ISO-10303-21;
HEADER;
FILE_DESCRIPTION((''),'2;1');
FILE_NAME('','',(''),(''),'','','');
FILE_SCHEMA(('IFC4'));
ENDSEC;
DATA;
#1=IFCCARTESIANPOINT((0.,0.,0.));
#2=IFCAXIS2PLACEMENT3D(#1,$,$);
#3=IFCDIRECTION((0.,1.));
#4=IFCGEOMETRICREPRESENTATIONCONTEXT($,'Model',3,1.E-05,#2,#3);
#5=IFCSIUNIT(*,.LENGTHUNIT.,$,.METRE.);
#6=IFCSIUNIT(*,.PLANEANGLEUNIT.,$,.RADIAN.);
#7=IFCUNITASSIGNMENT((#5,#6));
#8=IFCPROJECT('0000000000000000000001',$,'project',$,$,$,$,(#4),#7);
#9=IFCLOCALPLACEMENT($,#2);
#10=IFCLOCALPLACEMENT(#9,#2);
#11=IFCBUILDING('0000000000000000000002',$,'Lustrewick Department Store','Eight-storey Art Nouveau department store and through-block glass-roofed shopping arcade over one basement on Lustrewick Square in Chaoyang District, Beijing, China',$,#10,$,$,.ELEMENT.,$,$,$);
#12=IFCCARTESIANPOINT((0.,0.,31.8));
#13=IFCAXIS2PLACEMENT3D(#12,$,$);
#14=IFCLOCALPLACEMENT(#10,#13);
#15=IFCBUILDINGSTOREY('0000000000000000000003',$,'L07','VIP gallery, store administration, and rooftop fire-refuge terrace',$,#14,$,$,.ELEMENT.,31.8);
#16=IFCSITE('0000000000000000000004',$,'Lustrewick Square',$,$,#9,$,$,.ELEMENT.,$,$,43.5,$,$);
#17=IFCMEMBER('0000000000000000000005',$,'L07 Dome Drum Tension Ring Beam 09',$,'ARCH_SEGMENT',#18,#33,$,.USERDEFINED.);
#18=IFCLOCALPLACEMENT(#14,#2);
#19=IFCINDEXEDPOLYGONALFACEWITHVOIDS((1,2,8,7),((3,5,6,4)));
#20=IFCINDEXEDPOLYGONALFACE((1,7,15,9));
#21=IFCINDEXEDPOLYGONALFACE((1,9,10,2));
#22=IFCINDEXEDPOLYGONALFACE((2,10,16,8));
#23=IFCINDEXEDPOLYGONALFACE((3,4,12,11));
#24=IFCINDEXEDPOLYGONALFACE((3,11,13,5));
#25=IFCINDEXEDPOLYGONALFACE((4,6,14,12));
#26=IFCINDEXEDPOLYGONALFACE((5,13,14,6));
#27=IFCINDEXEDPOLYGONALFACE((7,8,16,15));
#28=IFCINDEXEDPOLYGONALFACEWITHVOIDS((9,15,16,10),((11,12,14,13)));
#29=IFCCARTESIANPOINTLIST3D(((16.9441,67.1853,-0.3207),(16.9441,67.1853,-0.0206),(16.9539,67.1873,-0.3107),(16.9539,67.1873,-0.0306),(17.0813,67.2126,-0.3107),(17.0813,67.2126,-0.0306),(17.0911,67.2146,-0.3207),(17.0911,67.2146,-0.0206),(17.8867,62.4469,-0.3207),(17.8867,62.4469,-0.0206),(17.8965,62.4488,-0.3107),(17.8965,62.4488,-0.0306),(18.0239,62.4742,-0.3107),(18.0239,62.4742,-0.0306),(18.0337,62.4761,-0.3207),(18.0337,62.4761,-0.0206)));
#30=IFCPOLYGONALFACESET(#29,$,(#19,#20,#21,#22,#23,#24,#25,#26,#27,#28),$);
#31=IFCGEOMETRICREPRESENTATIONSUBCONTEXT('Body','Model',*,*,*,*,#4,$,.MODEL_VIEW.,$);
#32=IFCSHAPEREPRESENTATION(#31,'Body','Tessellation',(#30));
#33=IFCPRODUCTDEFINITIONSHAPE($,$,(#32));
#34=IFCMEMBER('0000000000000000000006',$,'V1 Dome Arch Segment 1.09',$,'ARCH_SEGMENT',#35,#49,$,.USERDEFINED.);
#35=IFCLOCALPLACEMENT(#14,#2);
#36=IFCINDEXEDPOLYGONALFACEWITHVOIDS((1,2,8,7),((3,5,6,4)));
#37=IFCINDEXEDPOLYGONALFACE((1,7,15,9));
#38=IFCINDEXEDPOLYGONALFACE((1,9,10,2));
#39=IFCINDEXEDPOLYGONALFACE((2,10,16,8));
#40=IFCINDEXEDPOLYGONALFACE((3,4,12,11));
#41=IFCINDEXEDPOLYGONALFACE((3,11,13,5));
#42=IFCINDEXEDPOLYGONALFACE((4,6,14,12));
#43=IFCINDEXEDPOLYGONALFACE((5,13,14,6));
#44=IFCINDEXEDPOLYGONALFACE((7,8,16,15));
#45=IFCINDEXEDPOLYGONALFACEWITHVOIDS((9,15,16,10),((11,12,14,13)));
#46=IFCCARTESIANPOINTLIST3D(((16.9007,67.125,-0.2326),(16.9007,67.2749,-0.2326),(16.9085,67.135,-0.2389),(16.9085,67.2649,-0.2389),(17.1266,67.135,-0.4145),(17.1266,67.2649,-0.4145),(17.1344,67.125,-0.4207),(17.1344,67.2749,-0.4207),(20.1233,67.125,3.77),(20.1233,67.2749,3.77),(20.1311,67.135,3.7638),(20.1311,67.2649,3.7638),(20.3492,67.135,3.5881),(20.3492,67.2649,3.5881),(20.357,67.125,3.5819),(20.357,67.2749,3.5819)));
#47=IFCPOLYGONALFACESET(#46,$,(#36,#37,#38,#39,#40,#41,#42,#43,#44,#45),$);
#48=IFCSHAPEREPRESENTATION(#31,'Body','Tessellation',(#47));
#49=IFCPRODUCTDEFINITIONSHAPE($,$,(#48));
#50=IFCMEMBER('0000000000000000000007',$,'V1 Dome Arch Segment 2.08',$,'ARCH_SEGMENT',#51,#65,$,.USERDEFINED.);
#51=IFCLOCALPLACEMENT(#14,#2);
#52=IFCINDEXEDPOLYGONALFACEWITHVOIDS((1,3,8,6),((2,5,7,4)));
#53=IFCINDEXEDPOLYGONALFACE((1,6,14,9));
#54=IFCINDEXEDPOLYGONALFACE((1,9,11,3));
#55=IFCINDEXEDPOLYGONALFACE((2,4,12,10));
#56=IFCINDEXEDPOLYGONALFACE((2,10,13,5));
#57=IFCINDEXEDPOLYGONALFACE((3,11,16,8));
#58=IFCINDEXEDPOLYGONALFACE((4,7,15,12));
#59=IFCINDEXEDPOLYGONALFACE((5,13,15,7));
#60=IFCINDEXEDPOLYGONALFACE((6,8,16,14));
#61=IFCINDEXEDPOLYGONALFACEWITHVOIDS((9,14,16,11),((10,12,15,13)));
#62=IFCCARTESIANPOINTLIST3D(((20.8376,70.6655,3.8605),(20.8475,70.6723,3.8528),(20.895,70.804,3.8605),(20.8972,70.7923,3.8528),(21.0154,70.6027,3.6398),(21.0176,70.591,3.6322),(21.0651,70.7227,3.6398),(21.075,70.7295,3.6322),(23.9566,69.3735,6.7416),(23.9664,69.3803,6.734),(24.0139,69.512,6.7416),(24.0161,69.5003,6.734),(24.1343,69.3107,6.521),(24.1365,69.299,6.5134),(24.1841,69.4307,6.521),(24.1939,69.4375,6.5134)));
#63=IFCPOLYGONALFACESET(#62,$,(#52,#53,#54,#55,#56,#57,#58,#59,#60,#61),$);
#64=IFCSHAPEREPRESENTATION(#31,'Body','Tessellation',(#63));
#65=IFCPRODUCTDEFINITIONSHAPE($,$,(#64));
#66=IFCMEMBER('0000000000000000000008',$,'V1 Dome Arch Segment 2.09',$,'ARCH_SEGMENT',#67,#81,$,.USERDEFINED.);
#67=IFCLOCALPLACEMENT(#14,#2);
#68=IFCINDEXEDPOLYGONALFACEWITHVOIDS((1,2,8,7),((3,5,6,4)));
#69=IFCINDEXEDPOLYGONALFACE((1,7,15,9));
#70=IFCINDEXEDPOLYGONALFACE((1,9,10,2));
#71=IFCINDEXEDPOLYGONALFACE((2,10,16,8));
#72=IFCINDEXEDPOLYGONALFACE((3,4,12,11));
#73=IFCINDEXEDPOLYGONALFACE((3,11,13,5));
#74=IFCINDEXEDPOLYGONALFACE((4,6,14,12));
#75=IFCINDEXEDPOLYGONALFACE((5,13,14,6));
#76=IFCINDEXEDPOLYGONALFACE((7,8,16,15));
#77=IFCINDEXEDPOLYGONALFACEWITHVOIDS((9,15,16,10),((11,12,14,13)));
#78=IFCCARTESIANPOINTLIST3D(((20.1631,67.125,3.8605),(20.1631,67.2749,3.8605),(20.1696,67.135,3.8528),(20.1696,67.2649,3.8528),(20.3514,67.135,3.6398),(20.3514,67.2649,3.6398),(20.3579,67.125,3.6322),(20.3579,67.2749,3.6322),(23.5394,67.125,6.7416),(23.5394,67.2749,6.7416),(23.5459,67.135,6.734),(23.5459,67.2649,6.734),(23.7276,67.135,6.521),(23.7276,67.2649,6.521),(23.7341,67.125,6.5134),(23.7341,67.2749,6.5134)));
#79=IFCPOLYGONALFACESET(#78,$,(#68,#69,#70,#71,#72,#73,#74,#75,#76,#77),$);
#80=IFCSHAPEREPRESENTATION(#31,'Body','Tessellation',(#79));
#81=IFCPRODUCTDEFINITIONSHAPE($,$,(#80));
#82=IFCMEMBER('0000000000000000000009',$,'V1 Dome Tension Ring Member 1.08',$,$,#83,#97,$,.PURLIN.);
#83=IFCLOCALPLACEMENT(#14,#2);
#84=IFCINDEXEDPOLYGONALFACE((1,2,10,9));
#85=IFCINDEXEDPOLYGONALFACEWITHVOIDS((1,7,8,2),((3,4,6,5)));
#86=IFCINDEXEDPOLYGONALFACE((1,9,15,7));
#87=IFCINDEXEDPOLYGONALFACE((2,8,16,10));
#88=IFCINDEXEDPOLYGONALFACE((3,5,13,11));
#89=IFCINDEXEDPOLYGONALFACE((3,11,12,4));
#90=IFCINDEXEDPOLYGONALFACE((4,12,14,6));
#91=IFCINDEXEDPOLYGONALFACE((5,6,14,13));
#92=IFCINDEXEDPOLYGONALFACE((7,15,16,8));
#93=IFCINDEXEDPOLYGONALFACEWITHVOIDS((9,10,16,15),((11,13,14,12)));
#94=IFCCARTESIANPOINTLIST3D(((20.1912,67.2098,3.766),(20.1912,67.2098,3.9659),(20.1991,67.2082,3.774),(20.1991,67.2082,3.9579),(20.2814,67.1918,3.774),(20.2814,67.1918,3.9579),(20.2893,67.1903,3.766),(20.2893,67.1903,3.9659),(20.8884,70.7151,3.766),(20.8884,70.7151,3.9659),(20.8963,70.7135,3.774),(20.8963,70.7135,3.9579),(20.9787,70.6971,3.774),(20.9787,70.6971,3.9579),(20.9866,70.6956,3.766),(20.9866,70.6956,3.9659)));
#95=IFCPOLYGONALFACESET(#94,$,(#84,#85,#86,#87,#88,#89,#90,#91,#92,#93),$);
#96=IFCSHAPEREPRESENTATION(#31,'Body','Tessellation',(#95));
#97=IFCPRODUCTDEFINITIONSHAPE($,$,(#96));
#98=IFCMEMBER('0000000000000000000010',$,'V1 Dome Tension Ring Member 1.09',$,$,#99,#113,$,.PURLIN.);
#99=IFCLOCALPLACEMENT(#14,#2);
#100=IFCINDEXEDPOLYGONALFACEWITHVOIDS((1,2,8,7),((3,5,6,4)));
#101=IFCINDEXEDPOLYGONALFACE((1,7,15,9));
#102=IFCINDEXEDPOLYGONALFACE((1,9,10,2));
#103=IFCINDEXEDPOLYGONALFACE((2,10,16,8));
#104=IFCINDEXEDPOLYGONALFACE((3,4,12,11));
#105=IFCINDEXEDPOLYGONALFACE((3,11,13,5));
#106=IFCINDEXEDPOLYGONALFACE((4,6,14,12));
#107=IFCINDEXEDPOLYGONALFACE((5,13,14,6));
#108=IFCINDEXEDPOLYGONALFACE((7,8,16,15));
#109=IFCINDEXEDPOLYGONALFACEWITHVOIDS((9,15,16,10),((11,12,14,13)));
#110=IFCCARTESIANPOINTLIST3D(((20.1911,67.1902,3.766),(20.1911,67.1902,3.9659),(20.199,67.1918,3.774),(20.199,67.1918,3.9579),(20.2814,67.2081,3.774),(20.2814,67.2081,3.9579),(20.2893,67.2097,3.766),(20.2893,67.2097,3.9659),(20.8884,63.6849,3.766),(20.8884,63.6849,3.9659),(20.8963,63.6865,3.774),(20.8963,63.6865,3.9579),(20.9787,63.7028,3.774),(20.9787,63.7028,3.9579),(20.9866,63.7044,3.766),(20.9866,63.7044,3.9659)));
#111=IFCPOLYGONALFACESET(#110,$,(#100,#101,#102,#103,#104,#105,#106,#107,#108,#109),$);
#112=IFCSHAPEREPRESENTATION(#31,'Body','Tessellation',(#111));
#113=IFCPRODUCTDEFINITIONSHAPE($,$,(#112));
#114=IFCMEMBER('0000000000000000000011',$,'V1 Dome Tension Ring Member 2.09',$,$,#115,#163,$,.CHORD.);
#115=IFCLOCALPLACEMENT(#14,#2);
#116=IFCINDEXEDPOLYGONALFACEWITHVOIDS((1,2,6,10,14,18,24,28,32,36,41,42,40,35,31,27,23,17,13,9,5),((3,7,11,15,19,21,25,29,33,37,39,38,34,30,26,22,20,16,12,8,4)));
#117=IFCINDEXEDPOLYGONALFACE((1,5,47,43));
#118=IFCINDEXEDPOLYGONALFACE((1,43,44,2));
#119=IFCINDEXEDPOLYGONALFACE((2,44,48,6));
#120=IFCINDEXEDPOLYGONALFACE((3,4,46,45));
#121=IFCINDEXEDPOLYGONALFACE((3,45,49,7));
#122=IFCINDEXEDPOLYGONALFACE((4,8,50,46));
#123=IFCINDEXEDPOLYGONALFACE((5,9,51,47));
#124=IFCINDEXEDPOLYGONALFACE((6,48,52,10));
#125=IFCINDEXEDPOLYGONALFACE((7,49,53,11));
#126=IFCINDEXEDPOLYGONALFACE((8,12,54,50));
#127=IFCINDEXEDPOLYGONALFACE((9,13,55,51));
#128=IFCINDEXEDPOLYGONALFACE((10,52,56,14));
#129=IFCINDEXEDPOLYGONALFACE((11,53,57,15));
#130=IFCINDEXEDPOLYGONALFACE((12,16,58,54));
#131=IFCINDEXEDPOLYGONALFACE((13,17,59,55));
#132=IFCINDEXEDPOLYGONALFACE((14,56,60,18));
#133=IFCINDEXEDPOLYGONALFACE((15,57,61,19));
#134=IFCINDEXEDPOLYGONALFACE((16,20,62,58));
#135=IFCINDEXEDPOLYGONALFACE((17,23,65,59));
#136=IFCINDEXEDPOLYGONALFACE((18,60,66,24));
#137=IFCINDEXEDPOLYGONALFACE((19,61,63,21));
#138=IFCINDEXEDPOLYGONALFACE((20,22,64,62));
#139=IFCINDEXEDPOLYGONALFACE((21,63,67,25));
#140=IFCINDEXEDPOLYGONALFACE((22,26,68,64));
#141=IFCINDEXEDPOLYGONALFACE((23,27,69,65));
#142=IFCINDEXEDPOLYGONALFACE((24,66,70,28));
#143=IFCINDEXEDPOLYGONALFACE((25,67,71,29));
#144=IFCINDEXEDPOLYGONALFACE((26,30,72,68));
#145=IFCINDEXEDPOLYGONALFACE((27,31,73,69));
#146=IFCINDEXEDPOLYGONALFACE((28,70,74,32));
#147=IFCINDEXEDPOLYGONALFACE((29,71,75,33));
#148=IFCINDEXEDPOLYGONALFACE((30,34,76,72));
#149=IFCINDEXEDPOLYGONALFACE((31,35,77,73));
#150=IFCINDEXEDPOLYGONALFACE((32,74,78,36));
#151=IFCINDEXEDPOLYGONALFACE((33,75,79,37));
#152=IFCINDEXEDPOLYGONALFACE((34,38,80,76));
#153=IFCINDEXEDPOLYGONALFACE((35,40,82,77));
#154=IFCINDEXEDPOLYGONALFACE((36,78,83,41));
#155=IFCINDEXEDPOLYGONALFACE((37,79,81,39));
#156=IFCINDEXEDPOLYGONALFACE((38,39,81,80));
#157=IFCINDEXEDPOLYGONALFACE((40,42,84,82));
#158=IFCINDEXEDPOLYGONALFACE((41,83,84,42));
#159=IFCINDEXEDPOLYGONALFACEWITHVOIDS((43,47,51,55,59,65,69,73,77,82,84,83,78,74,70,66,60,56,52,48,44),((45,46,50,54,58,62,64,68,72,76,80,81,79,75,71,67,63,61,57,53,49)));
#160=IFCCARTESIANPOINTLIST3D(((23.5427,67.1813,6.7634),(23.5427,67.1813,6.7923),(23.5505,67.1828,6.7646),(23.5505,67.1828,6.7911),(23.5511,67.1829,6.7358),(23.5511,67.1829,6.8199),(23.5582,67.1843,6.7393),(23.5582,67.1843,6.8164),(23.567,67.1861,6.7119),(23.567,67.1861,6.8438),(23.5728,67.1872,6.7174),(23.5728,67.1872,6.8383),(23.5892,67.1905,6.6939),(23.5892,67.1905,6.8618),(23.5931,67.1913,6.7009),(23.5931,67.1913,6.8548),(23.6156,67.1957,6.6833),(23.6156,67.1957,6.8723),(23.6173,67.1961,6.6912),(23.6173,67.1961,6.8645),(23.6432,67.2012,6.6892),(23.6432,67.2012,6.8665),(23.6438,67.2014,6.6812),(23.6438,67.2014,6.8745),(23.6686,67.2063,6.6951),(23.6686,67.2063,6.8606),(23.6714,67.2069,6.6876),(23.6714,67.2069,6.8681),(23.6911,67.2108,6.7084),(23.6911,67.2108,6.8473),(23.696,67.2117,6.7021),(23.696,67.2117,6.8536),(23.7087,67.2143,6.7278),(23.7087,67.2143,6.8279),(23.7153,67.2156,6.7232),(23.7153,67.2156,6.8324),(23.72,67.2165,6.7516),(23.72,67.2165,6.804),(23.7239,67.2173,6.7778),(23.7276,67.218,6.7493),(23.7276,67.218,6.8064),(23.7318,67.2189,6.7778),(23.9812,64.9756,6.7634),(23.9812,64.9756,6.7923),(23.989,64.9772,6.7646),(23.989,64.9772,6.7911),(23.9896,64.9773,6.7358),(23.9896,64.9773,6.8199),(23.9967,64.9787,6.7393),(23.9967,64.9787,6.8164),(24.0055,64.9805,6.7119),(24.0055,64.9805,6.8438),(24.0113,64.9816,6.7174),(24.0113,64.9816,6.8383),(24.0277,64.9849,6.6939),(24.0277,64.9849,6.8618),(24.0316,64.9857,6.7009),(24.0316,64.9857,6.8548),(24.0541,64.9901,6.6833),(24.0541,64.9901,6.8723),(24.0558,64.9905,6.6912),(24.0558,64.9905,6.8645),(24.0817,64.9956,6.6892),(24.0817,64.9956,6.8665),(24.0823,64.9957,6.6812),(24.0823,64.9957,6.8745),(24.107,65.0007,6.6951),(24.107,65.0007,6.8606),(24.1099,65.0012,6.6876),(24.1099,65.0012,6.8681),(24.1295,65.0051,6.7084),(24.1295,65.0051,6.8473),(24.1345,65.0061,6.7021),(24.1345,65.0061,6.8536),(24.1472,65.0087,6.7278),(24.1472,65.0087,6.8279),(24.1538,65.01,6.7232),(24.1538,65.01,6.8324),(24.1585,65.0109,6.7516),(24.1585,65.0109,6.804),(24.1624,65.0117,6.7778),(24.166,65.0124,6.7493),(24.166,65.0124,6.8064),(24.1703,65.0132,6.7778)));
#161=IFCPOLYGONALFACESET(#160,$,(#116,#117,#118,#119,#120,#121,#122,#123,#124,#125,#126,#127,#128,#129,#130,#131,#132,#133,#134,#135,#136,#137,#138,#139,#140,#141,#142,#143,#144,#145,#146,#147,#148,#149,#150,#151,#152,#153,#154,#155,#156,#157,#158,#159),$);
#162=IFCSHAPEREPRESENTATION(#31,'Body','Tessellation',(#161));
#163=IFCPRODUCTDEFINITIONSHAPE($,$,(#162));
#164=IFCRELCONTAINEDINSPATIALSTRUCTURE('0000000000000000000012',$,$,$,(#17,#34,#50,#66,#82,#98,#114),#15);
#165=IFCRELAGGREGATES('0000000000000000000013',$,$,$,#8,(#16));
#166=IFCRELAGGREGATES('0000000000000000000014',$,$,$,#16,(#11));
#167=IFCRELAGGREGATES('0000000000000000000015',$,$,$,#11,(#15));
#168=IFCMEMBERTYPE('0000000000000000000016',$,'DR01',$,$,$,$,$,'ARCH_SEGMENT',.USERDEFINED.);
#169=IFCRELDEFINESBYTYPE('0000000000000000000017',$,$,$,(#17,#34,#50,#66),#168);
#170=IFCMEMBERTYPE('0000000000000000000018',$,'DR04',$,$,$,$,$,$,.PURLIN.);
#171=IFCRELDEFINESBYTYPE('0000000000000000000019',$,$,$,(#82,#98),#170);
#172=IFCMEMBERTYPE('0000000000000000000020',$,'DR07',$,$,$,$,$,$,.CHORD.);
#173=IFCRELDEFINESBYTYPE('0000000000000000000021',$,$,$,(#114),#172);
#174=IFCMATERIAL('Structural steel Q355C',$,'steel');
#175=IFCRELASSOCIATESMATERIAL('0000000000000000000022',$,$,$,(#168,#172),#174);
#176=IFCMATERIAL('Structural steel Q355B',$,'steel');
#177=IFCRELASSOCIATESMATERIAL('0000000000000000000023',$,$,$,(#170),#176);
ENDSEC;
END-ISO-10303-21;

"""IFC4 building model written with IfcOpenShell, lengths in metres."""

from ifc_helpers import new_model, si_unit, direction, frame, origin, origin_2d, place, context, subcontext, project, spatial, hollow_rectangle, hollow_circle, extrude, material, material_profile, profile_set, type_object, element, save


model = new_model("IFC4")

# Units and contexts
model_context = context("Model", 3, precision=1e-05, world=origin(), true_north=direction((0.0, 1.0)))
body_context = subcontext(model_context, "Body", "Model", "MODEL_VIEW")
ifc_project = project(units=[si_unit("LENGTHUNIT", "METRE"), si_unit("PLANEANGLEUNIT", "RADIAN")], contexts=[model_context])

# Site, building, storey
site_placement = place(None, origin())
site = spatial("IfcSite", under=ifc_project, at=site_placement, Name="Lustrewick Square", CompositionType="ELEMENT", RefElevation=43.5)
building_placement = place(site_placement, origin())
building = spatial("IfcBuilding", under=site, at=building_placement, Name="Lustrewick Department Store", Description="Eight-storey Art Nouveau department store and through-block glass-roofed shopping arcade over one basement on Lustrewick Square in Chaoyang District, Beijing, China", CompositionType="ELEMENT")
storey_placement = place(building_placement, frame((0.0, 0.0, 31.8)))
storey = spatial("IfcBuildingStorey", under=building, at=storey_placement, Name="L07", Description="VIP gallery, store administration, and rooftop fire-refuge terrace", CompositionType="ELEMENT", Elevation=31.8)

# Members
ifc_material_1 = material(Name="Structural steel Q355C", Category="steel")
ifc_material_profile_1 = material_profile(ifc_material_1, hollow_rectangle(XDim=0.1499, YDim=0.3, WallThickness=0.01, at=origin_2d()), Name="RHS 300x150x10")
ifc_profile_set_1 = profile_set([ifc_material_profile_1], Name="Structural steel Q355C")
member_type_1 = type_object("IfcMemberType", Name="DR01", ElementType="ARCH_SEGMENT", PredefinedType="USERDEFINED", material=ifc_profile_set_1)
member_1_placement = place(storey_placement, frame((17.0176, 67.2, -0.1707), z_axis=(0.195105, -0.980782, 0.0), x_axis=(0.980782, 0.195105, 0.0)))
element("IfcMember", 1, at=member_1_placement, inside=storey, type_object=member_type_1, Name="L07 Dome Drum Tension Ring Beam 09", ObjectType="ARCH_SEGMENT", PredefinedType="USERDEFINED", context=body_context, shape_type="SweptSolid", body=[
    extrude(hollow_rectangle(XDim=0.1499, YDim=0.3, WallThickness=0.01, at=origin_2d()), origin(), (0.0, 0.0, 1.0), 4.8313),
])
member_2_placement = place(storey_placement, frame((17.0176, 67.2, -0.3267), z_axis=(0.627125, 0.0, 0.778918), x_axis=(0.0, 1.0, 0.0)))
element("IfcMember", 2, at=member_2_placement, inside=storey, type_object=member_type_1, Name="V1 Dome Arch Segment 1.09", ObjectType="ARCH_SEGMENT", PredefinedType="USERDEFINED", context=body_context, shape_type="SweptSolid", body=[
    extrude(hollow_rectangle(XDim=0.1499, YDim=0.3, WallThickness=0.01, at=origin_2d()), origin(), (0.0, 0.0, 1.0), 5.1387),
])
member_3_placement = place(storey_placement, frame((20.9563, 70.6975, 3.7463), z_axis=(0.702741, -0.291108, 0.649162), x_axis=(0.382709, 0.923869, 0.0)))
element("IfcMember", 3, at=member_3_placement, inside=storey, type_object=member_type_1, Name="V1 Dome Arch Segment 2.08", ObjectType="ARCH_SEGMENT", PredefinedType="USERDEFINED", context=body_context, shape_type="SweptSolid", body=[
    extrude(hollow_rectangle(XDim=0.1499, YDim=0.3, WallThickness=0.01, at=origin_2d()), origin(), (0.0, 0.0, 1.0), 4.4382),
])
member_4_placement = place(storey_placement, frame((20.2605, 67.2, 3.7463), z_axis=(0.76068, 0.0, 0.649127), x_axis=(0.0, 1.0, 0.0)))
element("IfcMember", 4, at=member_4_placement, inside=storey, type_object=member_type_1, Name="V1 Dome Arch Segment 2.09", ObjectType="ARCH_SEGMENT", PredefinedType="USERDEFINED", context=body_context, shape_type="SweptSolid", body=[
    extrude(hollow_rectangle(XDim=0.1499, YDim=0.3, WallThickness=0.01, at=origin_2d()), origin(), (0.0, 0.0, 1.0), 4.4385),
])
ifc_material_2 = material(Name="Structural steel Q355B", Category="steel")
ifc_material_profile_2 = material_profile(ifc_material_2, hollow_rectangle(XDim=0.1001, YDim=0.2, WallThickness=0.0081, at=origin_2d()), Name="RHS 200x100x8")
ifc_profile_set_2 = profile_set([ifc_material_profile_2], Name="Structural steel Q355B")
member_type_2 = type_object("IfcMemberType", Name="DR04", PredefinedType="PURLIN", material=ifc_profile_set_2)
for number, where, z_axis, x_axis, name in (
    (5, (20.9375, 70.7053, 3.866), (-0.195091, -0.980785, 0.0), (0.980785, -0.195091, 0.0), "V1 Dome Tension Ring Member 1.08"),
    (6, (20.2402, 67.2, 3.866), (0.195091, -0.980785, 0.0), (0.980785, 0.195091, 0.0), "V1 Dome Tension Ring Member 1.09"),
):
    element("IfcMember", number, at=place(storey_placement, frame(where, z_axis=z_axis, x_axis=x_axis)), inside=storey, type_object=member_type_2, Name=name, PredefinedType="PURLIN", context=body_context, shape_type="SweptSolid", body=[
        extrude(hollow_rectangle(XDim=0.1001, YDim=0.2, WallThickness=0.0081, at=origin_2d()), origin(), (0.0, 0.0, 1.0), 3.574),
    ])
ifc_material_profile_3 = material_profile(ifc_material_1, hollow_circle(Radius=0.0969, WallThickness=0.0081, at=origin_2d()), Name="CHS 194x8")
ifc_profile_set_3 = profile_set([ifc_material_profile_3], Name="Structural steel Q355C")
member_type_3 = type_object("IfcMemberType", Name="DR07", PredefinedType="CHORD", material=ifc_profile_set_3)
member_5_placement = place(storey_placement, frame((23.6367, 67.2, 6.7778), z_axis=(0.194989, -0.980806, 0.0), x_axis=(0.980806, 0.194989, 0.0)))
element("IfcMember", 7, at=member_5_placement, inside=storey, type_object=member_type_3, Name="V1 Dome Tension Ring Member 2.09", PredefinedType="CHORD", context=body_context, shape_type="SweptSolid", body=[
    extrude(hollow_circle(Radius=0.0969, WallThickness=0.0081, at=origin_2d()), origin(), (0.0, 0.0, 1.0), 2.2488),
])

save(model, "model.ifc")
